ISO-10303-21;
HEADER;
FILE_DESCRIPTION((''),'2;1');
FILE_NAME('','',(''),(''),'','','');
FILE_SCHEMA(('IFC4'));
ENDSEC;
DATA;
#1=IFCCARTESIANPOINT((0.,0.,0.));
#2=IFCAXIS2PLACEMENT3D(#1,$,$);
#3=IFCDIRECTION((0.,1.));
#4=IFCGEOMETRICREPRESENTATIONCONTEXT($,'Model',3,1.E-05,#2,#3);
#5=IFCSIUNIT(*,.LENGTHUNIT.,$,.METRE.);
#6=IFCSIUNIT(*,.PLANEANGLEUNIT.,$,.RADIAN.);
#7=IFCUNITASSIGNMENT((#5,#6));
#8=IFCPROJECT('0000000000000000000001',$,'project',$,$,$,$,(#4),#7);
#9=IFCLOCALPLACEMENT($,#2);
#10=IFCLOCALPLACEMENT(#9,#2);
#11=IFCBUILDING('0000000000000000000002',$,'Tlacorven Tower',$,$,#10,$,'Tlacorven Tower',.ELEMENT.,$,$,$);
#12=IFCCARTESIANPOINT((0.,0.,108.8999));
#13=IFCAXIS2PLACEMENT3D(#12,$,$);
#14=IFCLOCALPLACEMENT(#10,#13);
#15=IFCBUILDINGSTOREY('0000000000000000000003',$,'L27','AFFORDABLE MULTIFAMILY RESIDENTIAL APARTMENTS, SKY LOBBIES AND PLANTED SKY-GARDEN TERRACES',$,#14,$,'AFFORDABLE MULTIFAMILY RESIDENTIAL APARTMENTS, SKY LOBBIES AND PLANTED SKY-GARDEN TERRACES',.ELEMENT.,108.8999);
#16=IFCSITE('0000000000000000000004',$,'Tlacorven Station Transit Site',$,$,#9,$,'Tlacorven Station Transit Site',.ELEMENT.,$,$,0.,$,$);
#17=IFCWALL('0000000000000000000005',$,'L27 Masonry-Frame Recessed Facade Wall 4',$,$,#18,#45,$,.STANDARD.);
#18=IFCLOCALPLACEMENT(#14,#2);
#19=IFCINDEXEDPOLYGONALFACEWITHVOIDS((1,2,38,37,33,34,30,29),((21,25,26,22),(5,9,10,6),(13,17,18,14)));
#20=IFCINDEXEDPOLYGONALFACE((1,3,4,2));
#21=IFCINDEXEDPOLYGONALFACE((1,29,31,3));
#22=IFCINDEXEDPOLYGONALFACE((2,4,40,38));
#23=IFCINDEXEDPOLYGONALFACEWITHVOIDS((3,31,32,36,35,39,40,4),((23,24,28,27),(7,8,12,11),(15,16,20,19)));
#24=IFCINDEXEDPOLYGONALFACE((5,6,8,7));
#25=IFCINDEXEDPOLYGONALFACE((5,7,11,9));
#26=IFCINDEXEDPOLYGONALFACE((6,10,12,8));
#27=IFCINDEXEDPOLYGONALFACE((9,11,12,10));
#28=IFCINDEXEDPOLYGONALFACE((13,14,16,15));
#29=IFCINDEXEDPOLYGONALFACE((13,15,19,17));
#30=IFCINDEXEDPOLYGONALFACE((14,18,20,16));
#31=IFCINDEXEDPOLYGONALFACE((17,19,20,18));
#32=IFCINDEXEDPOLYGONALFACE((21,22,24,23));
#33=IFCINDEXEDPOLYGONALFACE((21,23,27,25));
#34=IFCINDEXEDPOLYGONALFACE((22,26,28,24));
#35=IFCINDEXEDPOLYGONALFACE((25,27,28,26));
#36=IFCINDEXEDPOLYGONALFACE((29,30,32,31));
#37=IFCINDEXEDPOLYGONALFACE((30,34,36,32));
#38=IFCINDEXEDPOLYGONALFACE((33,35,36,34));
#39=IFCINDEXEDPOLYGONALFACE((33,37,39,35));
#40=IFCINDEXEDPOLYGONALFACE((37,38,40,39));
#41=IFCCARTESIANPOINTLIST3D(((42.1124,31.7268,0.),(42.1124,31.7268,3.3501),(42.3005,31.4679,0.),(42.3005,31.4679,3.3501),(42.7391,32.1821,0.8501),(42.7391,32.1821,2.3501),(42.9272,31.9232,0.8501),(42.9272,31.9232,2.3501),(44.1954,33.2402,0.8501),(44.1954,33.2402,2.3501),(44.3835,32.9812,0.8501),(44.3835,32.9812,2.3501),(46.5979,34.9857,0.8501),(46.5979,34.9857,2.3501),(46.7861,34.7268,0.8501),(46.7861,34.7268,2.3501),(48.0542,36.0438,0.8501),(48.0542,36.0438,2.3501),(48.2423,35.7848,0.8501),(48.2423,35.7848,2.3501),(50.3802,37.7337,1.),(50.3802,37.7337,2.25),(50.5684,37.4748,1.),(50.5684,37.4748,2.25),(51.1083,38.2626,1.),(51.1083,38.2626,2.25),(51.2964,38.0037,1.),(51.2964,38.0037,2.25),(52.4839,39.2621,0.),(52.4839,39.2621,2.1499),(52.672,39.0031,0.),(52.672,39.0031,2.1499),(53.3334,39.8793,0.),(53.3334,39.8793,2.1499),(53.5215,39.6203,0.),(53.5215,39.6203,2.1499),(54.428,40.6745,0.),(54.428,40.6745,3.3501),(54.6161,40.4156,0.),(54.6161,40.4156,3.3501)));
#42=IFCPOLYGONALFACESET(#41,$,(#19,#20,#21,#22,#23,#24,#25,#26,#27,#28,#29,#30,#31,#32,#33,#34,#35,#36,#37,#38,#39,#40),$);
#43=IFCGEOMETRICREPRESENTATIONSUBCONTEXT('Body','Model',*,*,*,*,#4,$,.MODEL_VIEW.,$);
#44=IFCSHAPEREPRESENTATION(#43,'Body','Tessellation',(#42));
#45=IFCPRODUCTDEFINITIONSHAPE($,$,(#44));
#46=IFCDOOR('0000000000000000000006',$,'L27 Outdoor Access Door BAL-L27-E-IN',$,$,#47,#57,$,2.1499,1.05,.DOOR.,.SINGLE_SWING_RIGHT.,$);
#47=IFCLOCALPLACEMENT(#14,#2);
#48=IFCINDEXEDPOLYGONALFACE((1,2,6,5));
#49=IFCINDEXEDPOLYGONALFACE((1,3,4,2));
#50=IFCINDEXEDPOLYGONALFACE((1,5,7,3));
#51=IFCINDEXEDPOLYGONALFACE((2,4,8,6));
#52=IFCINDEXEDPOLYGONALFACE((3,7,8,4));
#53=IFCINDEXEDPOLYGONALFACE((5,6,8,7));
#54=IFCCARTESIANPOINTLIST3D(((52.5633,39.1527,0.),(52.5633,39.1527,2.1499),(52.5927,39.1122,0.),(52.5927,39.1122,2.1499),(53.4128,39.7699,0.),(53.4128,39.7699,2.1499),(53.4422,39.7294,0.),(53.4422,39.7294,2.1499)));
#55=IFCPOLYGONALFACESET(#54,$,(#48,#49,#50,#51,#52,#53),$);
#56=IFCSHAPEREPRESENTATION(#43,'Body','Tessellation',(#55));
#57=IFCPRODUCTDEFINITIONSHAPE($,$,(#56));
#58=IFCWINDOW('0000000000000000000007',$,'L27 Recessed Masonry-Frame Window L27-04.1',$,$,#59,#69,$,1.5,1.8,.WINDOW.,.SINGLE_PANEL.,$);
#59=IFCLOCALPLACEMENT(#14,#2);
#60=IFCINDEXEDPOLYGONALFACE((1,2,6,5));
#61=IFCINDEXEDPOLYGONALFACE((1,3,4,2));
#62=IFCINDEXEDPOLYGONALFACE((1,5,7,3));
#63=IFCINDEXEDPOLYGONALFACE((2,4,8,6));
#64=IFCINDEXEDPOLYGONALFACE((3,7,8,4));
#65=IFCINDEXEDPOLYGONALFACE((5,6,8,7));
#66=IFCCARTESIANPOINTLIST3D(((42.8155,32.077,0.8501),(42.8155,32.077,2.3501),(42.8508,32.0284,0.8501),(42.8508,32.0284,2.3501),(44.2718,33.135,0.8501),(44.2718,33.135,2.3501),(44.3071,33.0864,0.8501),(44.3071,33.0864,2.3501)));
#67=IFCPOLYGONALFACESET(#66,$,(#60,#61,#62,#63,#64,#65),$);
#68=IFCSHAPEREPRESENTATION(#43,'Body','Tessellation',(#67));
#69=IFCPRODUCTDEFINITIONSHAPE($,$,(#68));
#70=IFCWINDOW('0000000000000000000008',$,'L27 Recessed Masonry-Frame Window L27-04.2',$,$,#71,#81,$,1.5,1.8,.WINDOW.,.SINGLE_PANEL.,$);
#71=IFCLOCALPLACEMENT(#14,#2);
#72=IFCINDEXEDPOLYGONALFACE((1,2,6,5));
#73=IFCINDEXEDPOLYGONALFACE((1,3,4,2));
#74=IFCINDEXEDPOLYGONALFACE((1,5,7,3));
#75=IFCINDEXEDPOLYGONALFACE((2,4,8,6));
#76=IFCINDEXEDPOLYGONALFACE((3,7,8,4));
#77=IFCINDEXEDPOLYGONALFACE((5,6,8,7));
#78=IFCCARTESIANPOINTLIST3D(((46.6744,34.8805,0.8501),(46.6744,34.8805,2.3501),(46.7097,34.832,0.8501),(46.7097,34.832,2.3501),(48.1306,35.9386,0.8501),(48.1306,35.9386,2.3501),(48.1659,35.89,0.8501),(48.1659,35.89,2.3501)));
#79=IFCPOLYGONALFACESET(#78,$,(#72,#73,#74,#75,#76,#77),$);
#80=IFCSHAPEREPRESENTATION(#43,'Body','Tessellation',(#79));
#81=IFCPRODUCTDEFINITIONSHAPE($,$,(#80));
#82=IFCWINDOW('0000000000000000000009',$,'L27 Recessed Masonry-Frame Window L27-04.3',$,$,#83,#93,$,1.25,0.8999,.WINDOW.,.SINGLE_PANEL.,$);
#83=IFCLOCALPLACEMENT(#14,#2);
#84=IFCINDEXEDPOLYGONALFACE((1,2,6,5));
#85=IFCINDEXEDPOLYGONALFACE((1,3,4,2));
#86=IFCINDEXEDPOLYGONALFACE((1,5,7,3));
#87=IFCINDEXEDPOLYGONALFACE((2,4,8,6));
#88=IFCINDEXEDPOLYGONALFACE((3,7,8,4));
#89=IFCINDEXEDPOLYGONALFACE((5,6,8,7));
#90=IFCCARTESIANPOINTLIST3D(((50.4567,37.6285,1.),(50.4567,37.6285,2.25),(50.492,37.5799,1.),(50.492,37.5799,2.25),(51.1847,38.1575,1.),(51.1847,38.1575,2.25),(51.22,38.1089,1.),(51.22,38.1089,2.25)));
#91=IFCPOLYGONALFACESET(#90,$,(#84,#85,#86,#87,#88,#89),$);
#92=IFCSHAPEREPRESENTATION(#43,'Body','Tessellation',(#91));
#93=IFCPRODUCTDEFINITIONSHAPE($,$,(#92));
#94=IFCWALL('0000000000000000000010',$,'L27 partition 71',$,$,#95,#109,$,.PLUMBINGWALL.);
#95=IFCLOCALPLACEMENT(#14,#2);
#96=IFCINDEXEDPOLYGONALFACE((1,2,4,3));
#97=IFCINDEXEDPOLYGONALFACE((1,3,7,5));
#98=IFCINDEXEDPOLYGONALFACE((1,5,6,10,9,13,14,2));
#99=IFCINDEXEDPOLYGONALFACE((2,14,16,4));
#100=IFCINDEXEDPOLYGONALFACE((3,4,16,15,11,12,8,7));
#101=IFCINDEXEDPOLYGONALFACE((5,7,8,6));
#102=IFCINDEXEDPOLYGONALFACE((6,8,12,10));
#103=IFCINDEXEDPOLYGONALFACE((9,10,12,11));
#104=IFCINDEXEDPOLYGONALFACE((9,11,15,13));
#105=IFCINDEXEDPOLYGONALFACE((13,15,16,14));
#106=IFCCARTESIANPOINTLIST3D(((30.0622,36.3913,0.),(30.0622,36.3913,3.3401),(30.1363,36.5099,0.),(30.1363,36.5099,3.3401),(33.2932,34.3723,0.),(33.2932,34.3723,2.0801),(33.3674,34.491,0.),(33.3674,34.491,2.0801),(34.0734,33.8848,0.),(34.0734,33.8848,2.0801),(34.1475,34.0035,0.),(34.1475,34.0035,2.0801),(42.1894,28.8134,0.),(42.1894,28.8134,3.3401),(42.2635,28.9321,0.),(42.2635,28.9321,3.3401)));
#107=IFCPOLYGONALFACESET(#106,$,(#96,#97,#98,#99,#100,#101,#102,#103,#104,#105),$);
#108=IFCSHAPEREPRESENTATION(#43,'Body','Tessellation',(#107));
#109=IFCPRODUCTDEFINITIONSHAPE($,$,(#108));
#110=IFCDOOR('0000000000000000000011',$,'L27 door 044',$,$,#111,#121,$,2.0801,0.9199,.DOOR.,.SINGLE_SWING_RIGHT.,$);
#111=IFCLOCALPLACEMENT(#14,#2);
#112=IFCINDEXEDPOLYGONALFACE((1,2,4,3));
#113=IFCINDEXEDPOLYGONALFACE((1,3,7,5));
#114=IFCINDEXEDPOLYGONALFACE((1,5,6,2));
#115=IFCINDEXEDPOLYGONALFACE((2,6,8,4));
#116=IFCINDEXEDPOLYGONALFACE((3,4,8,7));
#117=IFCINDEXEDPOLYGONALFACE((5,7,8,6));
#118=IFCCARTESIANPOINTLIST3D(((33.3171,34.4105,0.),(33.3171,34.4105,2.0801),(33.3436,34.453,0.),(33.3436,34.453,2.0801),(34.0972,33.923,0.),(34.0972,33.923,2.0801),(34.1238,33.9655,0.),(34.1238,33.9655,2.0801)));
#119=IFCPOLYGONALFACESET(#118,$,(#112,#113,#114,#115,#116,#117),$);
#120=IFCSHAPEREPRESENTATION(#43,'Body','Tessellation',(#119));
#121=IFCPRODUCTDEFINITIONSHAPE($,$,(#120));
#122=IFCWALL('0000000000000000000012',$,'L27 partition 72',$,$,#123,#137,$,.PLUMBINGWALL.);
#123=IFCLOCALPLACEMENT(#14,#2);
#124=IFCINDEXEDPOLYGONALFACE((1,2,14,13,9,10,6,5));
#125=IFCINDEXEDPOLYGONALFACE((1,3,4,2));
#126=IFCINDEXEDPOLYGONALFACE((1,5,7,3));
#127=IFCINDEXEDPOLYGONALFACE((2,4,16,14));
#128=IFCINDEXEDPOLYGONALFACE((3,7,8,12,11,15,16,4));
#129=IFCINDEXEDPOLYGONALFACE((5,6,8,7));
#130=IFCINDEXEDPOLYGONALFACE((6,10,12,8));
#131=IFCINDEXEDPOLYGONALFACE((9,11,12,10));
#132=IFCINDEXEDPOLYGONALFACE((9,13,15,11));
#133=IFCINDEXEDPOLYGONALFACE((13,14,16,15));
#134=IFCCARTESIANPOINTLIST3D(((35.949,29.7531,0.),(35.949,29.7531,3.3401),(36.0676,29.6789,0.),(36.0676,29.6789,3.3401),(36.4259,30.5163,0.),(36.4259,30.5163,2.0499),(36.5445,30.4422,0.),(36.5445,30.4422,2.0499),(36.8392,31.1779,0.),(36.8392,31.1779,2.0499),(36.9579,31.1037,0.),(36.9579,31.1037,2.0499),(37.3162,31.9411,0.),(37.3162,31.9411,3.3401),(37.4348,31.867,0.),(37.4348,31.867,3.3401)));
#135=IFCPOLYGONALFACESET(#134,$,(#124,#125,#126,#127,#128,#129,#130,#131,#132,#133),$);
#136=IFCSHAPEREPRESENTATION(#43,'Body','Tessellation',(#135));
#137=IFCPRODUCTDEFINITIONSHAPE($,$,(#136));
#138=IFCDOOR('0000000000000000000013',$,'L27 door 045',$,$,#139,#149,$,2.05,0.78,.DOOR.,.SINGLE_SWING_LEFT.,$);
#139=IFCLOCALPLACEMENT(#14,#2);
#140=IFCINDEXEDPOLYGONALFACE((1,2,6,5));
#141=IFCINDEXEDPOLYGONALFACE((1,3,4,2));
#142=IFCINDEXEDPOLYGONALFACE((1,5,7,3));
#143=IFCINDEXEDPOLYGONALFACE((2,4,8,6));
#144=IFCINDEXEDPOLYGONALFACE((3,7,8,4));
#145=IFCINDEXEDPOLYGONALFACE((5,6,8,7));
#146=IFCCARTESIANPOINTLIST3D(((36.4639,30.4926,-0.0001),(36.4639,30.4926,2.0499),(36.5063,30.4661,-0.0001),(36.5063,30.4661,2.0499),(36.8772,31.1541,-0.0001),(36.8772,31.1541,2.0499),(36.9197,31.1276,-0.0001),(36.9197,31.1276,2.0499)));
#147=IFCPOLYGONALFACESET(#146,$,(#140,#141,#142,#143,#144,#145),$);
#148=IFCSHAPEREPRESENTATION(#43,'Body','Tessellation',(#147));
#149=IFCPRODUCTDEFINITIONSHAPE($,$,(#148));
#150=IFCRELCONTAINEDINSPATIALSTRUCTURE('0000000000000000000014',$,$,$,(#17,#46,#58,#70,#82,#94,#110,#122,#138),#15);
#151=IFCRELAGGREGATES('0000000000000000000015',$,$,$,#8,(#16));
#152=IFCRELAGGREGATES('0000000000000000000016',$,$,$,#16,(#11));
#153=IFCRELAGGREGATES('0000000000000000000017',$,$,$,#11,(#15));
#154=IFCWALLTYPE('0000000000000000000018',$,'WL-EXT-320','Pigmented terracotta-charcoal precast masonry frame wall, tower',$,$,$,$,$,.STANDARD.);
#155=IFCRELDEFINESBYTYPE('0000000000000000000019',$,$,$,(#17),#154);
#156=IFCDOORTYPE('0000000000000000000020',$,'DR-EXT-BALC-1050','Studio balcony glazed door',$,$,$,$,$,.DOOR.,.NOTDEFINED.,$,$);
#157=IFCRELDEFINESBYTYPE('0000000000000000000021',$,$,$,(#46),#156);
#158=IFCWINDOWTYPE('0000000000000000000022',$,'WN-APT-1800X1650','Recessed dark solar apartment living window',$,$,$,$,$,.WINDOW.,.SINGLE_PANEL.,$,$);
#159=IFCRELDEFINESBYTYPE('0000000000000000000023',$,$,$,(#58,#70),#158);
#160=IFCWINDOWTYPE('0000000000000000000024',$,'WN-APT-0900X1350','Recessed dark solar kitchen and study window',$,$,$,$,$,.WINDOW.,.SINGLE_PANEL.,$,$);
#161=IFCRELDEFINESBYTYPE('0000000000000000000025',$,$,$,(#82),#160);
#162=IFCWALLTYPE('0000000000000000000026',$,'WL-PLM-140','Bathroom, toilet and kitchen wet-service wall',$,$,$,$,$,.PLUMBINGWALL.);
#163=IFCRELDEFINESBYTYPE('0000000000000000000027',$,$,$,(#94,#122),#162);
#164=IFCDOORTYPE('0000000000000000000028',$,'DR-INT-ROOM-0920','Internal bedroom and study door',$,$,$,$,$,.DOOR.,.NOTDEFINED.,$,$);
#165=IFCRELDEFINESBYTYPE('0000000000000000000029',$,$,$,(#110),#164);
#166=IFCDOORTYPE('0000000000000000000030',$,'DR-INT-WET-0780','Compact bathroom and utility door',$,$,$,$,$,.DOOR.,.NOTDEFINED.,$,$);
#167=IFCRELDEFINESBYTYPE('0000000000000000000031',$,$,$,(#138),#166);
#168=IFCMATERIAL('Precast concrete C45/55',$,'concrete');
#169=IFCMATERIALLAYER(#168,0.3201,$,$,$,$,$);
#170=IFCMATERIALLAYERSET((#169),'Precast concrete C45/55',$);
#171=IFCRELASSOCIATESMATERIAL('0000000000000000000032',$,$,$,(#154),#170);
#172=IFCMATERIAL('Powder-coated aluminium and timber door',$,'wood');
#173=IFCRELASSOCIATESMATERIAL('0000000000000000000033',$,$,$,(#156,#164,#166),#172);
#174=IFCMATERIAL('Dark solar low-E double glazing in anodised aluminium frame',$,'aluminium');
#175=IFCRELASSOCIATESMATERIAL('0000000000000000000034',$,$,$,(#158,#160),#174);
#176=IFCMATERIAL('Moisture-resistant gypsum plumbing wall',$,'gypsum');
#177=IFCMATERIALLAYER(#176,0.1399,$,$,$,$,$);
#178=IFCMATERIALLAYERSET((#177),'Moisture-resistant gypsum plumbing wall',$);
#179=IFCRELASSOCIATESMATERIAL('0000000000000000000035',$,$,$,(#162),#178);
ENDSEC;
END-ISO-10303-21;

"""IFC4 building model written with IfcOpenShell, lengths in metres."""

from ifc_helpers import new_model, si_unit, direction, frame, frame_2d, origin, place, context, subcontext, project, spatial, rectangle, extrude, source, transform, mapped, material, layer, layer_set, type_object, element, fill, save


model = new_model("IFC4")

# Units and contexts
model_context = context("Model", 3, precision=1e-05, world=origin(), true_north=direction((0.0, 1.0)))
body_context = subcontext(model_context, "Body", "Model", "MODEL_VIEW")
ifc_project = project(units=[si_unit("LENGTHUNIT", "METRE"), si_unit("PLANEANGLEUNIT", "RADIAN")], contexts=[model_context])

# Site, building, storey
site_placement = place(None, origin())
site = spatial("IfcSite", under=ifc_project, at=site_placement, Name="Tlacorven Station Transit Site", LongName="Tlacorven Station Transit Site", CompositionType="ELEMENT", RefElevation=0.0)
building_placement = place(site_placement, origin())
building = spatial("IfcBuilding", under=site, at=building_placement, Name="Tlacorven Tower", LongName="Tlacorven Tower", CompositionType="ELEMENT")
storey_placement = place(building_placement, frame((0.0, 0.0, 108.8999)))
storey = spatial("IfcBuildingStorey", under=building, at=storey_placement, Name="L27", Description="AFFORDABLE MULTIFAMILY RESIDENTIAL APARTMENTS, SKY LOBBIES AND PLANTED SKY-GARDEN TERRACES", LongName="AFFORDABLE MULTIFAMILY RESIDENTIAL APARTMENTS, SKY LOBBIES AND PLANTED SKY-GARDEN TERRACES", CompositionType="ELEMENT", Elevation=108.8999)

# Wall, openings, door, windows
ifc_material_1 = material(Name="Precast concrete C45/55", Category="concrete")
ifc_layer_1 = layer(ifc_material_1, 0.3201)
ifc_layer_set_1 = layer_set([ifc_layer_1], Name="Precast concrete C45/55")
wall_type_1 = type_object("IfcWallType", Name="WL-EXT-320", Description="Pigmented terracotta-charcoal precast masonry frame wall, tower", PredefinedType="STANDARD", material=ifc_layer_set_1)
wall_1_placement = place(storey_placement, frame((42.2065, 31.5974, 0.0), z_axis=(0.0, 0.0, 1.0), x_axis=(0.80902, 0.587781, 0.0)))
wall_1 = element("IfcWall", 1, at=wall_1_placement, inside=storey, type_object=wall_type_1, Name="L27 Masonry-Frame Recessed Facade Wall 4", PredefinedType="STANDARD", context=body_context, shape_type="SweptSolid", body=[
    extrude(rectangle(XDim=15.2229, YDim=0.3201, at=frame_2d((7.6113, 0.0))), origin(), (0.0, 0.0, 1.0), 3.3501),
])
opening_1_placement = place(wall_1_placement, frame((12.8198, 0.0, 0.0)))
opening_1 = element("IfcOpeningElement", 2, at=opening_1_placement, cuts=wall_1, PredefinedType="OPENING", context=body_context, shape_type="SweptSolid", body=[
    extrude(rectangle(XDim=1.05, YDim=2.1499, at=frame_2d((0.5249, 1.075))), frame((0.0, 0.1699, 0.0), z_axis=(0.0, -1.0, 0.0), x_axis=(1.0, 0.0, 0.0)), (0.0, 0.0, 1.0), 0.3401),
])
opening_2_placement = place(wall_1_placement, frame((0.7747, 0.0, 0.8501)))
opening_2 = element("IfcOpeningElement", 3, at=opening_2_placement, cuts=wall_1, PredefinedType="OPENING", context=body_context, shape_type="SweptSolid", body=[
    extrude(rectangle(XDim=1.8, YDim=1.5, at=frame_2d((0.8999, 0.75))), frame((0.0, 0.1699, 0.0), z_axis=(0.0, -1.0, 0.0), x_axis=(1.0, 0.0, 0.0)), (0.0, 0.0, 1.0), 0.3401),
])
opening_3_placement = place(wall_1_placement, frame((5.5444, 0.0, 0.8501)))
opening_3 = element("IfcOpeningElement", 4, at=opening_3_placement, cuts=wall_1, PredefinedType="OPENING", context=body_context, shape_type="SweptSolid", body=[
    extrude(rectangle(XDim=1.8, YDim=1.5, at=frame_2d((0.8999, 0.75))), frame((0.0, 0.1699, 0.0), z_axis=(0.0, -1.0, 0.0), x_axis=(1.0, 0.0, 0.0)), (0.0, 0.0, 1.0), 0.3401),
])
opening_4_placement = place(wall_1_placement, frame((10.2195, 0.0, 1.0)))
opening_4 = element("IfcOpeningElement", 5, at=opening_4_placement, cuts=wall_1, PredefinedType="OPENING", context=body_context, shape_type="SweptSolid", body=[
    extrude(rectangle(XDim=0.8999, YDim=1.25, at=frame_2d((0.45, 0.625))), frame((0.0, 0.1699, 0.0), z_axis=(0.0, -1.0, 0.0), x_axis=(1.0, 0.0, 0.0)), (0.0, 0.0, 1.0), 0.3401),
])
ifc_material_2 = material(Name="Powder-coated aluminium and timber door", Category="wood")
door_type_1 = type_object("IfcDoorType", Name="DR-EXT-BALC-1050", Description="Studio balcony glazed door", OperationType="NOTDEFINED", PredefinedType="DOOR", material=ifc_material_2)
shared_shape_1 = source(origin(), body_context, "Body", "SweptSolid", [
    extrude(rectangle(XDim=1.05, YDim=2.1499, at=frame_2d((0.5249, 1.075))), frame((0.0, 0.0249, 0.0), z_axis=(0.0, -1.0, 0.0), x_axis=(1.0, 0.0, 0.0)), (0.0, 0.0, 1.0), 0.05),
])
door_1_placement = place(opening_1_placement, origin())
door_1 = element("IfcDoor", 6, at=door_1_placement, inside=storey, type_object=door_type_1, Name="L27 Outdoor Access Door BAL-L27-E-IN", OperationType="SINGLE_SWING_RIGHT", OverallHeight=2.1499, OverallWidth=1.05, PredefinedType="DOOR", context=body_context, shape_type="MappedRepresentation", body=[
    mapped(shared_shape_1, transform((0.0, 0.0, 0.0), scale=1.0)),
])
fill(opening_1, door_1)
ifc_material_3 = material(Name="Dark solar low-E double glazing in anodised aluminium frame", Category="aluminium")
window_type_1 = type_object("IfcWindowType", Name="WN-APT-1800X1650", Description="Recessed dark solar apartment living window", PartitioningType="SINGLE_PANEL", PredefinedType="WINDOW", material=ifc_material_3)
shared_shape_2 = source(origin(), body_context, "Body", "SweptSolid", [
    extrude(rectangle(XDim=1.8, YDim=1.5, at=frame_2d((0.8999, 0.75))), frame((0.0, 0.03, 0.0), z_axis=(0.0, -1.0, 0.0), x_axis=(1.0, 0.0, 0.0)), (0.0, 0.0, 1.0), 0.0601),
])
window_1_placement = place(opening_2_placement, origin())
window_1 = element("IfcWindow", 7, at=window_1_placement, inside=storey, type_object=window_type_1, Name="L27 Recessed Masonry-Frame Window L27-04.1", OverallHeight=1.5, OverallWidth=1.8, PartitioningType="SINGLE_PANEL", PredefinedType="WINDOW", context=body_context, shape_type="MappedRepresentation", body=[
    mapped(shared_shape_2, transform((0.0, 0.0, 0.0), scale=1.0)),
])
fill(opening_2, window_1)
window_2_placement = place(opening_3_placement, origin())
window_2 = element("IfcWindow", 8, at=window_2_placement, inside=storey, type_object=window_type_1, Name="L27 Recessed Masonry-Frame Window L27-04.2", OverallHeight=1.5, OverallWidth=1.8, PartitioningType="SINGLE_PANEL", PredefinedType="WINDOW", context=body_context, shape_type="MappedRepresentation", body=[
    mapped(shared_shape_2, transform((0.0, 0.0, 0.0), scale=1.0)),
])
fill(opening_3, window_2)
window_type_2 = type_object("IfcWindowType", Name="WN-APT-0900X1350", Description="Recessed dark solar kitchen and study window", PartitioningType="SINGLE_PANEL", PredefinedType="WINDOW", material=ifc_material_3)
shared_shape_3 = source(origin(), body_context, "Body", "SweptSolid", [
    extrude(rectangle(XDim=0.8999, YDim=1.25, at=frame_2d((0.45, 0.625))), frame((0.0, 0.03, 0.0), z_axis=(0.0, -1.0, 0.0), x_axis=(1.0, 0.0, 0.0)), (0.0, 0.0, 1.0), 0.0601),
])
window_3_placement = place(opening_4_placement, origin())
window_3 = element("IfcWindow", 9, at=window_3_placement, inside=storey, type_object=window_type_2, Name="L27 Recessed Masonry-Frame Window L27-04.3", OverallHeight=1.25, OverallWidth=0.8999, PartitioningType="SINGLE_PANEL", PredefinedType="WINDOW", context=body_context, shape_type="MappedRepresentation", body=[
    mapped(shared_shape_3, transform((0.0, 0.0, 0.0), scale=1.0)),
])
fill(opening_4, window_3)

# Walls, openings, doors
ifc_material_4 = material(Name="Moisture-resistant gypsum plumbing wall", Category="gypsum")
ifc_layer_2 = layer(ifc_material_4, 0.1399)
ifc_layer_set_2 = layer_set([ifc_layer_2], Name="Moisture-resistant gypsum plumbing wall")
wall_type_2 = type_object("IfcWallType", Name="WL-PLM-140", Description="Bathroom, toilet and kitchen wet-service wall", PredefinedType="PLUMBINGWALL", material=ifc_layer_set_2)
wall_2_placement = place(storey_placement, frame((42.2263, 28.8728, 0.0), z_axis=(0.0, 0.0, 1.0), x_axis=(-0.848049, 0.529918, 0.0)))
wall_2 = element("IfcWall", 10, at=wall_2_placement, inside=storey, type_object=wall_type_2, Name="L27 partition 71", PredefinedType="PLUMBINGWALL", context=body_context, shape_type="SweptSolid", body=[
    extrude(rectangle(XDim=14.3, YDim=0.1399, at=frame_2d((7.1499, 0.0))), origin(), (0.0, 0.0, 1.0), 3.3401),
])
opening_5_placement = place(wall_2_placement, frame((9.5701, 0.0, 0.0)))
opening_5 = element("IfcOpeningElement", 11, at=opening_5_placement, cuts=wall_2, PredefinedType="OPENING", context=body_context, shape_type="SweptSolid", body=[
    extrude(rectangle(XDim=0.9199, YDim=2.0801, at=frame_2d((0.46, 1.04))), frame((0.0, 0.0801, 0.0), z_axis=(0.0, -1.0, 0.0), x_axis=(1.0, 0.0, 0.0)), (0.0, 0.0, 1.0), 0.1599),
])
door_type_2 = type_object("IfcDoorType", Name="DR-INT-ROOM-0920", Description="Internal bedroom and study door", OperationType="NOTDEFINED", PredefinedType="DOOR", material=ifc_material_2)
shared_shape_4 = source(origin(), body_context, "Body", "SweptSolid", [
    extrude(rectangle(XDim=0.9199, YDim=2.0801, at=frame_2d((0.46, 1.04))), frame((0.0, 0.0249, 0.0), z_axis=(0.0, -1.0, 0.0), x_axis=(1.0, 0.0, 0.0)), (0.0, 0.0, 1.0), 0.05),
])
door_2_placement = place(opening_5_placement, origin())
door_2 = element("IfcDoor", 12, at=door_2_placement, inside=storey, type_object=door_type_2, Name="L27 door 044", OperationType="SINGLE_SWING_RIGHT", OverallHeight=2.0801, OverallWidth=0.9199, PredefinedType="DOOR", context=body_context, shape_type="MappedRepresentation", body=[
    mapped(shared_shape_4, transform((0.0, 0.0, 0.0), scale=1.0)),
])
fill(opening_5, door_2)
wall_3_placement = place(storey_placement, frame((37.3755, 31.9041, 0.0), z_axis=(0.0, 0.0, 1.0), x_axis=(-0.529914, -0.848051, 0.0)))
wall_3 = element("IfcWall", 13, at=wall_3_placement, inside=storey, type_object=wall_type_2, Name="L27 partition 72", PredefinedType="PLUMBINGWALL", context=body_context, shape_type="SweptSolid", body=[
    extrude(rectangle(XDim=2.5801, YDim=0.1399, at=frame_2d((1.29, 0.0))), origin(), (0.0, 0.0, 1.0), 3.3401),
])
opening_6_placement = place(wall_3_placement, frame((0.8999, 0.0, 0.0)))
opening_6 = element("IfcOpeningElement", 14, at=opening_6_placement, cuts=wall_3, PredefinedType="OPENING", context=body_context, shape_type="SweptSolid", body=[
    extrude(rectangle(XDim=0.78, YDim=2.05, at=frame_2d((0.3901, 1.0249))), frame((0.0, 0.0801, 0.0), z_axis=(0.0, -1.0, 0.0), x_axis=(1.0, 0.0, 0.0)), (0.0, 0.0, 1.0), 0.1599),
])
door_type_3 = type_object("IfcDoorType", Name="DR-INT-WET-0780", Description="Compact bathroom and utility door", OperationType="NOTDEFINED", PredefinedType="DOOR", material=ifc_material_2)
shared_shape_5 = source(origin(), body_context, "Body", "SweptSolid", [
    extrude(rectangle(XDim=0.78, YDim=2.05, at=frame_2d((0.3901, 1.0249))), frame((0.0, 0.0249, 0.0), z_axis=(0.0, -1.0, 0.0), x_axis=(1.0, 0.0, 0.0)), (0.0, 0.0, 1.0), 0.05),
])
door_3_placement = place(opening_6_placement, origin())
door_3 = element("IfcDoor", 15, at=door_3_placement, inside=storey, type_object=door_type_3, Name="L27 door 045", OperationType="SINGLE_SWING_LEFT", OverallHeight=2.05, OverallWidth=0.78, PredefinedType="DOOR", context=body_context, shape_type="MappedRepresentation", body=[
    mapped(shared_shape_5, transform((0.0, 0.0, 0.0), scale=1.0)),
])
fill(opening_6, door_3)

save(model, "model.ifc")
